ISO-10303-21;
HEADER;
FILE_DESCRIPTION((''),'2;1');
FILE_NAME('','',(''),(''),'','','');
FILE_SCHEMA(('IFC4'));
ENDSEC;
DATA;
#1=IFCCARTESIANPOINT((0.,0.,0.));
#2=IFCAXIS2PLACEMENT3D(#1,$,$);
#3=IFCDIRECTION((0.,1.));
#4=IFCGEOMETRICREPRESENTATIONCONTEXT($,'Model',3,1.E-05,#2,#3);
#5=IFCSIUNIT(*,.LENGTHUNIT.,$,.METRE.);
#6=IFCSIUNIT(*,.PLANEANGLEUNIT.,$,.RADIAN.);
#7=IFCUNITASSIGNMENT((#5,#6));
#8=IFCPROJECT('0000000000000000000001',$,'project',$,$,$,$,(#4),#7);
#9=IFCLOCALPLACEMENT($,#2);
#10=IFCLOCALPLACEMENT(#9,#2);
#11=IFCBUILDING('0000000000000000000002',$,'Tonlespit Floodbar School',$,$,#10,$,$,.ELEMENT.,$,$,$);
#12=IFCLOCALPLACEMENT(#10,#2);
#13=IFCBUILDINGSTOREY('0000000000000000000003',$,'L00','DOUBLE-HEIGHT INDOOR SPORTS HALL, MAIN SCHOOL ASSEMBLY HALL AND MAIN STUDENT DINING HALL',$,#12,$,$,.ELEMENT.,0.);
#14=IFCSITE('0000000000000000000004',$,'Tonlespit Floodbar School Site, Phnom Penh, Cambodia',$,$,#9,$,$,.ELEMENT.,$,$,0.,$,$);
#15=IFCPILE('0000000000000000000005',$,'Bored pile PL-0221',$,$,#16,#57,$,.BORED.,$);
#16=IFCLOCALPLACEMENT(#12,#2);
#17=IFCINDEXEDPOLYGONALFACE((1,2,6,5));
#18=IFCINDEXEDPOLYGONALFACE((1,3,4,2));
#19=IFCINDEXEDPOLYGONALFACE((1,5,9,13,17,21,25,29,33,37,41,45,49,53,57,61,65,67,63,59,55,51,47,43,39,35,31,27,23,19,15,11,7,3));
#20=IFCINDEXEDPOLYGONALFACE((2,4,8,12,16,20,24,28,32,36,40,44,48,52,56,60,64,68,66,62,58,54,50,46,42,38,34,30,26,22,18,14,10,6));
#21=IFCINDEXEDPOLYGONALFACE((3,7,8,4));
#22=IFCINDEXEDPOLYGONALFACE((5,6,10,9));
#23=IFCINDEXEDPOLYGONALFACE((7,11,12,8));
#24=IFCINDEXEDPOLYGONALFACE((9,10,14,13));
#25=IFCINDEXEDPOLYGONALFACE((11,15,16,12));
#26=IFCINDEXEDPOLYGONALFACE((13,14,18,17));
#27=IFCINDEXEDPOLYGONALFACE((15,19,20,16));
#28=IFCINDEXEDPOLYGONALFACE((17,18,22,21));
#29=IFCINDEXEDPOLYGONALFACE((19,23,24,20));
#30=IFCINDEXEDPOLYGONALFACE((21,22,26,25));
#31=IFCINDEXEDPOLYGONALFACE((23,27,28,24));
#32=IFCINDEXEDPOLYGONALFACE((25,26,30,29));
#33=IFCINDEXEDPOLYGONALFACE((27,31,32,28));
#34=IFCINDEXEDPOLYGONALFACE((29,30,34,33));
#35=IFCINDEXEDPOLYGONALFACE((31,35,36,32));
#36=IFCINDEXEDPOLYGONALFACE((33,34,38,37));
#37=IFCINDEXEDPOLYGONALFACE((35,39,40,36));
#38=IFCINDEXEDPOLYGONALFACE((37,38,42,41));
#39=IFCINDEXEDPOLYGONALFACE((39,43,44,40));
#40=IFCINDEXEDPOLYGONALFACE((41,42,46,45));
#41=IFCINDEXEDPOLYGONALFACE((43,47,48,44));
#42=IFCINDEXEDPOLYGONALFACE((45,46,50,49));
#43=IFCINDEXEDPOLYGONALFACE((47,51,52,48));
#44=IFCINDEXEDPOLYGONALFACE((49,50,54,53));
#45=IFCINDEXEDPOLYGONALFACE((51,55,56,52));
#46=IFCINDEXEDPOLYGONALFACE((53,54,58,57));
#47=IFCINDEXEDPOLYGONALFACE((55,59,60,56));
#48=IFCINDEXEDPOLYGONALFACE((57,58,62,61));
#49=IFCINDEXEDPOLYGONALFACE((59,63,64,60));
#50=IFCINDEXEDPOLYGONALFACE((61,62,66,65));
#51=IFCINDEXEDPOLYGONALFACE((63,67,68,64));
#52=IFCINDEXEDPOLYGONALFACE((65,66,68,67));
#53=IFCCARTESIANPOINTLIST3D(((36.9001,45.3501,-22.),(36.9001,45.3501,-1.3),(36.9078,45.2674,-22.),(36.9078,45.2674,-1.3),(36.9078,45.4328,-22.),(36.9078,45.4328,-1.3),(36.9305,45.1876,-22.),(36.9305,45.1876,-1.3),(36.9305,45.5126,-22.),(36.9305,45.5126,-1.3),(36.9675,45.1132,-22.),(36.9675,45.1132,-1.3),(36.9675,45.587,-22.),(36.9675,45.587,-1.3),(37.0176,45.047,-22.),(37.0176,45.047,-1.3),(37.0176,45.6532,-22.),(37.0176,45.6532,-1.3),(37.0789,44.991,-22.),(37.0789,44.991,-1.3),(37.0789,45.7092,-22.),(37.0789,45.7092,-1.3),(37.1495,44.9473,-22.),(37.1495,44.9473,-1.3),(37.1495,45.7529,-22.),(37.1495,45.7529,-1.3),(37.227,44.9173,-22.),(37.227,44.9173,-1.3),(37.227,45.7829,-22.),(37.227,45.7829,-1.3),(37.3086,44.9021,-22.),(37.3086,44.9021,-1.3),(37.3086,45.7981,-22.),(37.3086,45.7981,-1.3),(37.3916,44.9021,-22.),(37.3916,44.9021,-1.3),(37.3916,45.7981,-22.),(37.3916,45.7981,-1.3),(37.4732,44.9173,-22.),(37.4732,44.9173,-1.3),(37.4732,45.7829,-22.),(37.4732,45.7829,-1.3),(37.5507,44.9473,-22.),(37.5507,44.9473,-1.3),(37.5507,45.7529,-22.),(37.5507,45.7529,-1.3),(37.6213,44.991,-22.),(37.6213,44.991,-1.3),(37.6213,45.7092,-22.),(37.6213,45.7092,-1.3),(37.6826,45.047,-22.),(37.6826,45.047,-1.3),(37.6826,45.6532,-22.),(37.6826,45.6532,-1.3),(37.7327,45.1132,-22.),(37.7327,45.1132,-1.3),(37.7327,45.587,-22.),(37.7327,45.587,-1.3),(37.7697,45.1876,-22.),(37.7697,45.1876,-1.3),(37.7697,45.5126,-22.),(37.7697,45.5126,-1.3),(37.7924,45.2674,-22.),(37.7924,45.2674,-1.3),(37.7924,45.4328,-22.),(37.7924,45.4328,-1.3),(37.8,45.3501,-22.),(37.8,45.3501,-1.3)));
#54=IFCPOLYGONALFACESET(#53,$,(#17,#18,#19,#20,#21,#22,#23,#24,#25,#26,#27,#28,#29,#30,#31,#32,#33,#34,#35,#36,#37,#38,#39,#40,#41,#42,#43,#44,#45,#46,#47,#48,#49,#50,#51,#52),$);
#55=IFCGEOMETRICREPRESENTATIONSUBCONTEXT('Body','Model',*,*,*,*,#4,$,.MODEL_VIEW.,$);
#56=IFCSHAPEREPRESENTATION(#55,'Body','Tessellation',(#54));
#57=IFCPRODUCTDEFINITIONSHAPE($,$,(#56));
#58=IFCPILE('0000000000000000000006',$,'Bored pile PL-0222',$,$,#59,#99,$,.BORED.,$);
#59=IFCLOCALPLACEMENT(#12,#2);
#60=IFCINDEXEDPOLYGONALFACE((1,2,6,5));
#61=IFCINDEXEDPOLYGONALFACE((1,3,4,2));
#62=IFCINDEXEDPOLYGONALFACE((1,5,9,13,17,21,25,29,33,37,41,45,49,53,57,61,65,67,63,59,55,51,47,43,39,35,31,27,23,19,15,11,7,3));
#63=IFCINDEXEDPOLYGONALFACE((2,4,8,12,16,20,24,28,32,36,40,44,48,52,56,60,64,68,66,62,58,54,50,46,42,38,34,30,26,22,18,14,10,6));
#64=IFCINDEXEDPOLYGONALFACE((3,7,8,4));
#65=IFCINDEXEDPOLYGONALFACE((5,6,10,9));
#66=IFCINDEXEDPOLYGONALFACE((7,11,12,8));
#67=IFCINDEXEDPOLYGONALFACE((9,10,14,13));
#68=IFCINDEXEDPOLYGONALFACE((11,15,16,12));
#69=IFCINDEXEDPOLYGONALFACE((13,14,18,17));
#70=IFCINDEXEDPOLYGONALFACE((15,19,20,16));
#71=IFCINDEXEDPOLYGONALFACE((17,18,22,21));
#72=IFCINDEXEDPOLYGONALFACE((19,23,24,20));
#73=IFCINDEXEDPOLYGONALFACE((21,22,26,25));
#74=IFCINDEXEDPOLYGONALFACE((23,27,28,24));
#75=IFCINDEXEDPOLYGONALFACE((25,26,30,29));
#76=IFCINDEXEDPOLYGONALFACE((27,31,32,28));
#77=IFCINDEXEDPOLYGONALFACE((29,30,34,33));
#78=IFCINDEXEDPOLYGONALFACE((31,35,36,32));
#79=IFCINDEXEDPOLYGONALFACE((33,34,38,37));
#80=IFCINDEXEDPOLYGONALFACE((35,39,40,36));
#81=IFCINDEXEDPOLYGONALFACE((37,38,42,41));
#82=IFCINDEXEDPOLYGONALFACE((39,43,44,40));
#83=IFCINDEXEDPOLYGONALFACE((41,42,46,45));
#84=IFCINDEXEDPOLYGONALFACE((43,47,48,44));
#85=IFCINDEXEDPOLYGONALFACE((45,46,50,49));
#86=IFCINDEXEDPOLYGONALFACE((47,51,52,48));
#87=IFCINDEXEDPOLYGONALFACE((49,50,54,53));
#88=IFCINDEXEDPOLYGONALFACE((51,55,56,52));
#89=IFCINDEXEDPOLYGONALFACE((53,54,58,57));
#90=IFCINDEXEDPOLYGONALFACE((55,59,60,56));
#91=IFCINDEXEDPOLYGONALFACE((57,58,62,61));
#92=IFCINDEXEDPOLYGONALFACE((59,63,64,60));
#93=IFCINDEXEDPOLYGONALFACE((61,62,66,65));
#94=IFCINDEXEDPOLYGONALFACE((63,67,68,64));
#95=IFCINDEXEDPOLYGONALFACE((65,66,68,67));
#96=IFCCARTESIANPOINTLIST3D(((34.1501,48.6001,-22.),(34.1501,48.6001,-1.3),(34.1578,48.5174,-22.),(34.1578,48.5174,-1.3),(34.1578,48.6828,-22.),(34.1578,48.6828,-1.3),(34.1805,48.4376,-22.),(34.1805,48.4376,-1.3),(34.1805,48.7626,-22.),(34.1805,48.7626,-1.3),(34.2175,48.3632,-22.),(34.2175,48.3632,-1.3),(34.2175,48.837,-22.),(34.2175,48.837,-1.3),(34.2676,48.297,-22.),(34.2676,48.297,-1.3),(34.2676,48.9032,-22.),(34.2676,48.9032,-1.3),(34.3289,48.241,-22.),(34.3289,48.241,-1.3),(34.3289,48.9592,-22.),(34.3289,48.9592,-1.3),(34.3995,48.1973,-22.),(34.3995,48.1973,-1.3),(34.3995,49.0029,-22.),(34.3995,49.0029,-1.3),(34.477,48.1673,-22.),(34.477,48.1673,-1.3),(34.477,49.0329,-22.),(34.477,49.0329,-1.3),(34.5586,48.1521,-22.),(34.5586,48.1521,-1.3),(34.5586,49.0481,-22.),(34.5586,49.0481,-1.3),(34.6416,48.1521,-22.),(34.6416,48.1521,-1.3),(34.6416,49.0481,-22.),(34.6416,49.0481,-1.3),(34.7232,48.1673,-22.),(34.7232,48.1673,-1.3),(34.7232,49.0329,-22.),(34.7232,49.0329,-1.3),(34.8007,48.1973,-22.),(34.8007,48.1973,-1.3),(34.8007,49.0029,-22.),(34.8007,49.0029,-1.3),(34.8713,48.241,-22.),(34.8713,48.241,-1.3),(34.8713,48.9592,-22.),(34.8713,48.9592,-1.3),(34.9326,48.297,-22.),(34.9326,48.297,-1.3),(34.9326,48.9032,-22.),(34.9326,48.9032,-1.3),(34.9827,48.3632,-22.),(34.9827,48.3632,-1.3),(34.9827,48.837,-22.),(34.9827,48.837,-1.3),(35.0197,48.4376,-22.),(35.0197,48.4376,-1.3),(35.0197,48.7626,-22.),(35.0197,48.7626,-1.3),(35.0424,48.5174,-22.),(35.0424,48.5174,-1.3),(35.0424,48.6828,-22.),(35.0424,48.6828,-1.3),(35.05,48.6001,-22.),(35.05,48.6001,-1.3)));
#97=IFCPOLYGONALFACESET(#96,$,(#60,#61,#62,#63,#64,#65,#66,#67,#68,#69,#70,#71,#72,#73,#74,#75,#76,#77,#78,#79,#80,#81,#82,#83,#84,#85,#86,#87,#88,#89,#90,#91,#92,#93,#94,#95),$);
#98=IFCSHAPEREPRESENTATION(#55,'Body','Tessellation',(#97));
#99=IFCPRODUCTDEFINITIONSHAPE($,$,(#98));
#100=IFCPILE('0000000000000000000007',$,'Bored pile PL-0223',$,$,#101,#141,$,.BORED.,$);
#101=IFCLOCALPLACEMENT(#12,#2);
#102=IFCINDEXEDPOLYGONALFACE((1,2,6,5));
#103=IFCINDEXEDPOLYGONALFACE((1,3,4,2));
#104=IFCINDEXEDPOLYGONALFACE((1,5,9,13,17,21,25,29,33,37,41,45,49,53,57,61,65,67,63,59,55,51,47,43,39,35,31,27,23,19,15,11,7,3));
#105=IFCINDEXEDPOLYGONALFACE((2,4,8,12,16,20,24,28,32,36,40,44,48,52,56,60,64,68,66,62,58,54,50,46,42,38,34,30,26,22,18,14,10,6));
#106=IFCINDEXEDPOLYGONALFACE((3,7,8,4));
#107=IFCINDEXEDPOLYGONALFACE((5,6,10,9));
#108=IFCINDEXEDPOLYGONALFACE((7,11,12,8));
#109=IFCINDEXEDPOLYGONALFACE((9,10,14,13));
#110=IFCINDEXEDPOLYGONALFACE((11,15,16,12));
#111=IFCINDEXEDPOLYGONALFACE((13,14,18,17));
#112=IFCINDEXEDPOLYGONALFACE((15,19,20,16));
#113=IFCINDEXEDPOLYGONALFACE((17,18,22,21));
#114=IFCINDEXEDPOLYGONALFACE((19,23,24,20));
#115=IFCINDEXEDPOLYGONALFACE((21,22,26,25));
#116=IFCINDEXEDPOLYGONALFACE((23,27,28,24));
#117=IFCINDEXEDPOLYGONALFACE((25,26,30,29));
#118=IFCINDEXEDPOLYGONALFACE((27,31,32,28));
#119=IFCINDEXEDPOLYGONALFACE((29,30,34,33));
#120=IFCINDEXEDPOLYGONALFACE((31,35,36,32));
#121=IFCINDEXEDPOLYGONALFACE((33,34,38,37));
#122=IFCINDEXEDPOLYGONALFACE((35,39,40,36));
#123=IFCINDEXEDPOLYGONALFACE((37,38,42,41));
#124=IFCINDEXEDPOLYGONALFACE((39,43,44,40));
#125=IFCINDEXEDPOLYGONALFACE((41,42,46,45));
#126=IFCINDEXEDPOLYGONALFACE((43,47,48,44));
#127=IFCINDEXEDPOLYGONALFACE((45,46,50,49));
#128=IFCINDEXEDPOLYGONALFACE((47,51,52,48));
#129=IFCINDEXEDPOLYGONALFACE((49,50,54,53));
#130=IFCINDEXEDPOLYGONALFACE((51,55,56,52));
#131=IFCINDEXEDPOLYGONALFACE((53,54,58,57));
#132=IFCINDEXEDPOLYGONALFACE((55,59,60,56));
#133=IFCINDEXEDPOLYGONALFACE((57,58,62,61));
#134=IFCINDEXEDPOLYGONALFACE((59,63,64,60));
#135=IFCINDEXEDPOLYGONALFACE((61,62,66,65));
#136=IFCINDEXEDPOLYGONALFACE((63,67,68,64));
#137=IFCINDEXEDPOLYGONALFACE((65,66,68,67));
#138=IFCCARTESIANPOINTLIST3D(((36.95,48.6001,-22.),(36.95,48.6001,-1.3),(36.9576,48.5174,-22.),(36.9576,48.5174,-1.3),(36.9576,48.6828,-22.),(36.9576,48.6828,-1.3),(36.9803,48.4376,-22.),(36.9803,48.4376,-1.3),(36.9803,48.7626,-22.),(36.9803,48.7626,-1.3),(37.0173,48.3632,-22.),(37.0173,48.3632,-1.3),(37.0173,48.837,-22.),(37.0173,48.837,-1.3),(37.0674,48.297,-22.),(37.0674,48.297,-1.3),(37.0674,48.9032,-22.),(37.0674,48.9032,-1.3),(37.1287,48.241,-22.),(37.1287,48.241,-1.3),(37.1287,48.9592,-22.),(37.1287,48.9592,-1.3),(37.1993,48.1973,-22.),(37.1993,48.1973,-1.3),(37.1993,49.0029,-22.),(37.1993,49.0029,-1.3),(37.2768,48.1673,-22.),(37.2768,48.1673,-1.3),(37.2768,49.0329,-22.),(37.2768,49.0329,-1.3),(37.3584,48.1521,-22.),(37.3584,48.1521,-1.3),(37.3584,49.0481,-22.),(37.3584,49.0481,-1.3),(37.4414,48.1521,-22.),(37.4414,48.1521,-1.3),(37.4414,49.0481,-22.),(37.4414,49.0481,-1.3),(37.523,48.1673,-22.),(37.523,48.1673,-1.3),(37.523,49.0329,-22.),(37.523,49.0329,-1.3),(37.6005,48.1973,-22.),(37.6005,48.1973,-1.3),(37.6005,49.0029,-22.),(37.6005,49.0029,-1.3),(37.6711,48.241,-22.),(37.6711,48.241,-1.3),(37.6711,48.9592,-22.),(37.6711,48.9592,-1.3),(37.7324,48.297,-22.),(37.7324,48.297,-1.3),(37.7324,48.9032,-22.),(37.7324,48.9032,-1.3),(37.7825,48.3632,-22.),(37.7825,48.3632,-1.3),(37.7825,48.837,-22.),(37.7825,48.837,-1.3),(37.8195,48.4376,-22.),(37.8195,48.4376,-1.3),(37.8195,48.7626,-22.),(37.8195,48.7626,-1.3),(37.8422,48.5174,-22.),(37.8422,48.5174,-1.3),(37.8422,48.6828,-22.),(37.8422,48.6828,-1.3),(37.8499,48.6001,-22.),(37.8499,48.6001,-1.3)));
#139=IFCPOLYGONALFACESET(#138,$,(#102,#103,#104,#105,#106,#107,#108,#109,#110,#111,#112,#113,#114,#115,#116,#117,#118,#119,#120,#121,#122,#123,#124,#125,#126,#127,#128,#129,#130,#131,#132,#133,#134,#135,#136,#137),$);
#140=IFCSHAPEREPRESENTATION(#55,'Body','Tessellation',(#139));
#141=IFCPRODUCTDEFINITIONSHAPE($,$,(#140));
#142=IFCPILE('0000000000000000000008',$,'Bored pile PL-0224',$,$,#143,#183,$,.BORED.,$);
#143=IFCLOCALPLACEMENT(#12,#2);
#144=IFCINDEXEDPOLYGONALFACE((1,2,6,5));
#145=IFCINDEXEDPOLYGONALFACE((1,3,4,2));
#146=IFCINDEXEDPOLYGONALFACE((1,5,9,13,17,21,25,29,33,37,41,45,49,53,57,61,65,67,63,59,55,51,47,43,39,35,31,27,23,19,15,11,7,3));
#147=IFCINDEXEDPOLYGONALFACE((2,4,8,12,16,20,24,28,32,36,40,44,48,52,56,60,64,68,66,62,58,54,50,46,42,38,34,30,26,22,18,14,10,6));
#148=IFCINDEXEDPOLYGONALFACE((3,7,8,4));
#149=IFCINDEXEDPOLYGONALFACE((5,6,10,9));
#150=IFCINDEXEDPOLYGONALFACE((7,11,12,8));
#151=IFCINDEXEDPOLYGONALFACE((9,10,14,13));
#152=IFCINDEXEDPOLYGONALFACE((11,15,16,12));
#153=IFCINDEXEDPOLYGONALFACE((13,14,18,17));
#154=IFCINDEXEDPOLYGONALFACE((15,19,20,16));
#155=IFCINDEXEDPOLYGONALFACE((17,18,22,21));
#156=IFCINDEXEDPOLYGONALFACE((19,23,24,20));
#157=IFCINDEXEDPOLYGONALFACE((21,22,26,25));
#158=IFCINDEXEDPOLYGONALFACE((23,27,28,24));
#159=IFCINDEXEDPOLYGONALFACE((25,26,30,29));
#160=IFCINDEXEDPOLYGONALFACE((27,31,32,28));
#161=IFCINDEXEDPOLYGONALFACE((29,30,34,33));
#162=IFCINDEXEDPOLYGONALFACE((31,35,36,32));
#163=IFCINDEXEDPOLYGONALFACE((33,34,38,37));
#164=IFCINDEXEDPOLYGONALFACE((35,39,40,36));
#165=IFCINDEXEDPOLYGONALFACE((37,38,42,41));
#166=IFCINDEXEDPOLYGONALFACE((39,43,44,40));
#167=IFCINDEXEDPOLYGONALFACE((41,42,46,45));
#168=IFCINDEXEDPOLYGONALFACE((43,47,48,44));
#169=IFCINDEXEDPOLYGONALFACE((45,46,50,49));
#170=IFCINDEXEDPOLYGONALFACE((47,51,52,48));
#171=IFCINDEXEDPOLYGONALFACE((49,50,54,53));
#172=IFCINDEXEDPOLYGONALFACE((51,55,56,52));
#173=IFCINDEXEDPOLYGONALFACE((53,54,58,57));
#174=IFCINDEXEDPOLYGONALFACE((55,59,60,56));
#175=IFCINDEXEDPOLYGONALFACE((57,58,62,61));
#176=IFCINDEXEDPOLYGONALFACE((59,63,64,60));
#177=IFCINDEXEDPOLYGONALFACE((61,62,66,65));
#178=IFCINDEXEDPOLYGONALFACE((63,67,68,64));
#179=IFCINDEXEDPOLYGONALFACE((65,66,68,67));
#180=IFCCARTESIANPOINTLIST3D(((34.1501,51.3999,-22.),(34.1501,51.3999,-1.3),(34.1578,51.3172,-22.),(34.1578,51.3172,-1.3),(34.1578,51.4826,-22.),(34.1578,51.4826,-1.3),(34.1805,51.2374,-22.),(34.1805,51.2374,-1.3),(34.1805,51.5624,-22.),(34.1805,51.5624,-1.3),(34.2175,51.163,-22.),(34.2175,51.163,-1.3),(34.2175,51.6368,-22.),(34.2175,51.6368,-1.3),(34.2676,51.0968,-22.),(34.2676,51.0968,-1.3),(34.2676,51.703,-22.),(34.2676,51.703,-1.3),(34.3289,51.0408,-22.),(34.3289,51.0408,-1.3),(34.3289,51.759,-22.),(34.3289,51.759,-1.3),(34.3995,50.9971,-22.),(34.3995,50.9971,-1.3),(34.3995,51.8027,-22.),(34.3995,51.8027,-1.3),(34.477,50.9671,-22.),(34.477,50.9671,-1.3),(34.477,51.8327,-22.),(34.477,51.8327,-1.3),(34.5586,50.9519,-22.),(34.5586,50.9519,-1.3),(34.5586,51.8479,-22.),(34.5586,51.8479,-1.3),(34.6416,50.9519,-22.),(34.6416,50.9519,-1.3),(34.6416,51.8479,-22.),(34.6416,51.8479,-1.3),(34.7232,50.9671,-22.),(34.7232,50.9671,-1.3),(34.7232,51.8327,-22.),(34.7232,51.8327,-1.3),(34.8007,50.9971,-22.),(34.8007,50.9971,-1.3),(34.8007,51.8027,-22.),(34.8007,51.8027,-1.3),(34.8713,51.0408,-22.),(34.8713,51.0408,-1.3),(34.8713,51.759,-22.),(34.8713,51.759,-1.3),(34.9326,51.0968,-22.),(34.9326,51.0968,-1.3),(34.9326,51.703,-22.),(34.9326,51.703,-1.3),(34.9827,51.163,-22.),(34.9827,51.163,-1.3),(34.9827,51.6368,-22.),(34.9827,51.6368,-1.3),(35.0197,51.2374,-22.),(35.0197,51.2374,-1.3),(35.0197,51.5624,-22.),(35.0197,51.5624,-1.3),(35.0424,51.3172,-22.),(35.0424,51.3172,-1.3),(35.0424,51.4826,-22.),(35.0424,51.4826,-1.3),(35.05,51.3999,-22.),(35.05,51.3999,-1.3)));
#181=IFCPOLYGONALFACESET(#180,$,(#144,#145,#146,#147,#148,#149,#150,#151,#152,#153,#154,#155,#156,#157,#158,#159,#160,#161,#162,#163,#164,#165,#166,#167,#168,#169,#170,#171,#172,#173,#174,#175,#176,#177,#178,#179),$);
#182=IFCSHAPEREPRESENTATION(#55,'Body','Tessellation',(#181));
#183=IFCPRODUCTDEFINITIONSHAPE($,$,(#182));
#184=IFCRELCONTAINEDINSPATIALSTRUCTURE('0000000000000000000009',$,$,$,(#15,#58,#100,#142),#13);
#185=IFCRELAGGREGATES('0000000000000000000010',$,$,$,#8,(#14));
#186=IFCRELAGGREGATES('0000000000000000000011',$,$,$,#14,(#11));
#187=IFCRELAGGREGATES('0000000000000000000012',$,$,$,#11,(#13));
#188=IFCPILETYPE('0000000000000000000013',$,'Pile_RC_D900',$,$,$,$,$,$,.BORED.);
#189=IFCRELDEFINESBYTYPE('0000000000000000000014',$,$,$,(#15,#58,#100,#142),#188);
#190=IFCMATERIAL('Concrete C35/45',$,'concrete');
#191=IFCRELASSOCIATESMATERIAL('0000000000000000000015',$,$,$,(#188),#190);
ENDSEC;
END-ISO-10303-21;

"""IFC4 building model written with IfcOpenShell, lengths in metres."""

from ifc_helpers import new_model, si_unit, direction, frame, origin, origin_2d, place, context, subcontext, project, spatial, circle, extrude, material, material_profile, profile_set, type_object, element, save


model = new_model("IFC4")

# Units and contexts
model_context = context("Model", 3, precision=1e-05, world=origin(), true_north=direction((0.0, 1.0)))
body_context = subcontext(model_context, "Body", "Model", "MODEL_VIEW")
ifc_project = project(units=[si_unit("LENGTHUNIT", "METRE"), si_unit("PLANEANGLEUNIT", "RADIAN")], contexts=[model_context])

# Site, building, storey
site_placement = place(None, origin())
site = spatial("IfcSite", under=ifc_project, at=site_placement, Name="Tonlespit Floodbar School Site, Phnom Penh, Cambodia", CompositionType="ELEMENT", RefElevation=0.0)
building_placement = place(site_placement, origin())
building = spatial("IfcBuilding", under=site, at=building_placement, Name="Tonlespit Floodbar School", CompositionType="ELEMENT")
storey_placement = place(building_placement, origin())
storey = spatial("IfcBuildingStorey", under=building, at=storey_placement, Name="L00", Description="DOUBLE-HEIGHT INDOOR SPORTS HALL, MAIN SCHOOL ASSEMBLY HALL AND MAIN STUDENT DINING HALL", CompositionType="ELEMENT", Elevation=0.0)

# Piles
ifc_material_1 = material(Name="Concrete C35/45", Category="concrete")
ifc_material_profile_1 = material_profile(ifc_material_1, circle(Radius=0.45, at=origin_2d()), Name="BP D900")
ifc_profile_set_1 = profile_set([ifc_material_profile_1], Name="Concrete C35/45")
pile_type = type_object("IfcPileType", Name="Pile_RC_D900", PredefinedType="BORED", material=ifc_profile_set_1)
for number, where, z_axis, x_axis, name in (
    (1, (37.3501, 45.3501, -1.3), (0.0, 0.0, -1.0), (1.0, 0.0, 0.0), "Bored pile PL-0221"),
    (2, (34.6001, 48.6001, -1.3), (0.0, 0.0, -1.0), (1.0, 0.0, 0.0), "Bored pile PL-0222"),
    (3, (37.3999, 48.6001, -1.3), (0.0, 0.0, -1.0), (1.0, 0.0, 0.0), "Bored pile PL-0223"),
    (4, (34.6001, 51.3999, -1.3), (0.0, 0.0, -1.0), (1.0, 0.0, 0.0), "Bored pile PL-0224"),
):
    element("IfcPile", number, at=place(storey_placement, frame(where, z_axis=z_axis, x_axis=x_axis)), inside=storey, type_object=pile_type, Name=name, PredefinedType="BORED", context=body_context, shape_type="SweptSolid", body=[
        extrude(circle(Radius=0.45, at=origin_2d()), origin(), (0.0, 0.0, 1.0), 20.7),
    ])

save(model, "model.ifc")
